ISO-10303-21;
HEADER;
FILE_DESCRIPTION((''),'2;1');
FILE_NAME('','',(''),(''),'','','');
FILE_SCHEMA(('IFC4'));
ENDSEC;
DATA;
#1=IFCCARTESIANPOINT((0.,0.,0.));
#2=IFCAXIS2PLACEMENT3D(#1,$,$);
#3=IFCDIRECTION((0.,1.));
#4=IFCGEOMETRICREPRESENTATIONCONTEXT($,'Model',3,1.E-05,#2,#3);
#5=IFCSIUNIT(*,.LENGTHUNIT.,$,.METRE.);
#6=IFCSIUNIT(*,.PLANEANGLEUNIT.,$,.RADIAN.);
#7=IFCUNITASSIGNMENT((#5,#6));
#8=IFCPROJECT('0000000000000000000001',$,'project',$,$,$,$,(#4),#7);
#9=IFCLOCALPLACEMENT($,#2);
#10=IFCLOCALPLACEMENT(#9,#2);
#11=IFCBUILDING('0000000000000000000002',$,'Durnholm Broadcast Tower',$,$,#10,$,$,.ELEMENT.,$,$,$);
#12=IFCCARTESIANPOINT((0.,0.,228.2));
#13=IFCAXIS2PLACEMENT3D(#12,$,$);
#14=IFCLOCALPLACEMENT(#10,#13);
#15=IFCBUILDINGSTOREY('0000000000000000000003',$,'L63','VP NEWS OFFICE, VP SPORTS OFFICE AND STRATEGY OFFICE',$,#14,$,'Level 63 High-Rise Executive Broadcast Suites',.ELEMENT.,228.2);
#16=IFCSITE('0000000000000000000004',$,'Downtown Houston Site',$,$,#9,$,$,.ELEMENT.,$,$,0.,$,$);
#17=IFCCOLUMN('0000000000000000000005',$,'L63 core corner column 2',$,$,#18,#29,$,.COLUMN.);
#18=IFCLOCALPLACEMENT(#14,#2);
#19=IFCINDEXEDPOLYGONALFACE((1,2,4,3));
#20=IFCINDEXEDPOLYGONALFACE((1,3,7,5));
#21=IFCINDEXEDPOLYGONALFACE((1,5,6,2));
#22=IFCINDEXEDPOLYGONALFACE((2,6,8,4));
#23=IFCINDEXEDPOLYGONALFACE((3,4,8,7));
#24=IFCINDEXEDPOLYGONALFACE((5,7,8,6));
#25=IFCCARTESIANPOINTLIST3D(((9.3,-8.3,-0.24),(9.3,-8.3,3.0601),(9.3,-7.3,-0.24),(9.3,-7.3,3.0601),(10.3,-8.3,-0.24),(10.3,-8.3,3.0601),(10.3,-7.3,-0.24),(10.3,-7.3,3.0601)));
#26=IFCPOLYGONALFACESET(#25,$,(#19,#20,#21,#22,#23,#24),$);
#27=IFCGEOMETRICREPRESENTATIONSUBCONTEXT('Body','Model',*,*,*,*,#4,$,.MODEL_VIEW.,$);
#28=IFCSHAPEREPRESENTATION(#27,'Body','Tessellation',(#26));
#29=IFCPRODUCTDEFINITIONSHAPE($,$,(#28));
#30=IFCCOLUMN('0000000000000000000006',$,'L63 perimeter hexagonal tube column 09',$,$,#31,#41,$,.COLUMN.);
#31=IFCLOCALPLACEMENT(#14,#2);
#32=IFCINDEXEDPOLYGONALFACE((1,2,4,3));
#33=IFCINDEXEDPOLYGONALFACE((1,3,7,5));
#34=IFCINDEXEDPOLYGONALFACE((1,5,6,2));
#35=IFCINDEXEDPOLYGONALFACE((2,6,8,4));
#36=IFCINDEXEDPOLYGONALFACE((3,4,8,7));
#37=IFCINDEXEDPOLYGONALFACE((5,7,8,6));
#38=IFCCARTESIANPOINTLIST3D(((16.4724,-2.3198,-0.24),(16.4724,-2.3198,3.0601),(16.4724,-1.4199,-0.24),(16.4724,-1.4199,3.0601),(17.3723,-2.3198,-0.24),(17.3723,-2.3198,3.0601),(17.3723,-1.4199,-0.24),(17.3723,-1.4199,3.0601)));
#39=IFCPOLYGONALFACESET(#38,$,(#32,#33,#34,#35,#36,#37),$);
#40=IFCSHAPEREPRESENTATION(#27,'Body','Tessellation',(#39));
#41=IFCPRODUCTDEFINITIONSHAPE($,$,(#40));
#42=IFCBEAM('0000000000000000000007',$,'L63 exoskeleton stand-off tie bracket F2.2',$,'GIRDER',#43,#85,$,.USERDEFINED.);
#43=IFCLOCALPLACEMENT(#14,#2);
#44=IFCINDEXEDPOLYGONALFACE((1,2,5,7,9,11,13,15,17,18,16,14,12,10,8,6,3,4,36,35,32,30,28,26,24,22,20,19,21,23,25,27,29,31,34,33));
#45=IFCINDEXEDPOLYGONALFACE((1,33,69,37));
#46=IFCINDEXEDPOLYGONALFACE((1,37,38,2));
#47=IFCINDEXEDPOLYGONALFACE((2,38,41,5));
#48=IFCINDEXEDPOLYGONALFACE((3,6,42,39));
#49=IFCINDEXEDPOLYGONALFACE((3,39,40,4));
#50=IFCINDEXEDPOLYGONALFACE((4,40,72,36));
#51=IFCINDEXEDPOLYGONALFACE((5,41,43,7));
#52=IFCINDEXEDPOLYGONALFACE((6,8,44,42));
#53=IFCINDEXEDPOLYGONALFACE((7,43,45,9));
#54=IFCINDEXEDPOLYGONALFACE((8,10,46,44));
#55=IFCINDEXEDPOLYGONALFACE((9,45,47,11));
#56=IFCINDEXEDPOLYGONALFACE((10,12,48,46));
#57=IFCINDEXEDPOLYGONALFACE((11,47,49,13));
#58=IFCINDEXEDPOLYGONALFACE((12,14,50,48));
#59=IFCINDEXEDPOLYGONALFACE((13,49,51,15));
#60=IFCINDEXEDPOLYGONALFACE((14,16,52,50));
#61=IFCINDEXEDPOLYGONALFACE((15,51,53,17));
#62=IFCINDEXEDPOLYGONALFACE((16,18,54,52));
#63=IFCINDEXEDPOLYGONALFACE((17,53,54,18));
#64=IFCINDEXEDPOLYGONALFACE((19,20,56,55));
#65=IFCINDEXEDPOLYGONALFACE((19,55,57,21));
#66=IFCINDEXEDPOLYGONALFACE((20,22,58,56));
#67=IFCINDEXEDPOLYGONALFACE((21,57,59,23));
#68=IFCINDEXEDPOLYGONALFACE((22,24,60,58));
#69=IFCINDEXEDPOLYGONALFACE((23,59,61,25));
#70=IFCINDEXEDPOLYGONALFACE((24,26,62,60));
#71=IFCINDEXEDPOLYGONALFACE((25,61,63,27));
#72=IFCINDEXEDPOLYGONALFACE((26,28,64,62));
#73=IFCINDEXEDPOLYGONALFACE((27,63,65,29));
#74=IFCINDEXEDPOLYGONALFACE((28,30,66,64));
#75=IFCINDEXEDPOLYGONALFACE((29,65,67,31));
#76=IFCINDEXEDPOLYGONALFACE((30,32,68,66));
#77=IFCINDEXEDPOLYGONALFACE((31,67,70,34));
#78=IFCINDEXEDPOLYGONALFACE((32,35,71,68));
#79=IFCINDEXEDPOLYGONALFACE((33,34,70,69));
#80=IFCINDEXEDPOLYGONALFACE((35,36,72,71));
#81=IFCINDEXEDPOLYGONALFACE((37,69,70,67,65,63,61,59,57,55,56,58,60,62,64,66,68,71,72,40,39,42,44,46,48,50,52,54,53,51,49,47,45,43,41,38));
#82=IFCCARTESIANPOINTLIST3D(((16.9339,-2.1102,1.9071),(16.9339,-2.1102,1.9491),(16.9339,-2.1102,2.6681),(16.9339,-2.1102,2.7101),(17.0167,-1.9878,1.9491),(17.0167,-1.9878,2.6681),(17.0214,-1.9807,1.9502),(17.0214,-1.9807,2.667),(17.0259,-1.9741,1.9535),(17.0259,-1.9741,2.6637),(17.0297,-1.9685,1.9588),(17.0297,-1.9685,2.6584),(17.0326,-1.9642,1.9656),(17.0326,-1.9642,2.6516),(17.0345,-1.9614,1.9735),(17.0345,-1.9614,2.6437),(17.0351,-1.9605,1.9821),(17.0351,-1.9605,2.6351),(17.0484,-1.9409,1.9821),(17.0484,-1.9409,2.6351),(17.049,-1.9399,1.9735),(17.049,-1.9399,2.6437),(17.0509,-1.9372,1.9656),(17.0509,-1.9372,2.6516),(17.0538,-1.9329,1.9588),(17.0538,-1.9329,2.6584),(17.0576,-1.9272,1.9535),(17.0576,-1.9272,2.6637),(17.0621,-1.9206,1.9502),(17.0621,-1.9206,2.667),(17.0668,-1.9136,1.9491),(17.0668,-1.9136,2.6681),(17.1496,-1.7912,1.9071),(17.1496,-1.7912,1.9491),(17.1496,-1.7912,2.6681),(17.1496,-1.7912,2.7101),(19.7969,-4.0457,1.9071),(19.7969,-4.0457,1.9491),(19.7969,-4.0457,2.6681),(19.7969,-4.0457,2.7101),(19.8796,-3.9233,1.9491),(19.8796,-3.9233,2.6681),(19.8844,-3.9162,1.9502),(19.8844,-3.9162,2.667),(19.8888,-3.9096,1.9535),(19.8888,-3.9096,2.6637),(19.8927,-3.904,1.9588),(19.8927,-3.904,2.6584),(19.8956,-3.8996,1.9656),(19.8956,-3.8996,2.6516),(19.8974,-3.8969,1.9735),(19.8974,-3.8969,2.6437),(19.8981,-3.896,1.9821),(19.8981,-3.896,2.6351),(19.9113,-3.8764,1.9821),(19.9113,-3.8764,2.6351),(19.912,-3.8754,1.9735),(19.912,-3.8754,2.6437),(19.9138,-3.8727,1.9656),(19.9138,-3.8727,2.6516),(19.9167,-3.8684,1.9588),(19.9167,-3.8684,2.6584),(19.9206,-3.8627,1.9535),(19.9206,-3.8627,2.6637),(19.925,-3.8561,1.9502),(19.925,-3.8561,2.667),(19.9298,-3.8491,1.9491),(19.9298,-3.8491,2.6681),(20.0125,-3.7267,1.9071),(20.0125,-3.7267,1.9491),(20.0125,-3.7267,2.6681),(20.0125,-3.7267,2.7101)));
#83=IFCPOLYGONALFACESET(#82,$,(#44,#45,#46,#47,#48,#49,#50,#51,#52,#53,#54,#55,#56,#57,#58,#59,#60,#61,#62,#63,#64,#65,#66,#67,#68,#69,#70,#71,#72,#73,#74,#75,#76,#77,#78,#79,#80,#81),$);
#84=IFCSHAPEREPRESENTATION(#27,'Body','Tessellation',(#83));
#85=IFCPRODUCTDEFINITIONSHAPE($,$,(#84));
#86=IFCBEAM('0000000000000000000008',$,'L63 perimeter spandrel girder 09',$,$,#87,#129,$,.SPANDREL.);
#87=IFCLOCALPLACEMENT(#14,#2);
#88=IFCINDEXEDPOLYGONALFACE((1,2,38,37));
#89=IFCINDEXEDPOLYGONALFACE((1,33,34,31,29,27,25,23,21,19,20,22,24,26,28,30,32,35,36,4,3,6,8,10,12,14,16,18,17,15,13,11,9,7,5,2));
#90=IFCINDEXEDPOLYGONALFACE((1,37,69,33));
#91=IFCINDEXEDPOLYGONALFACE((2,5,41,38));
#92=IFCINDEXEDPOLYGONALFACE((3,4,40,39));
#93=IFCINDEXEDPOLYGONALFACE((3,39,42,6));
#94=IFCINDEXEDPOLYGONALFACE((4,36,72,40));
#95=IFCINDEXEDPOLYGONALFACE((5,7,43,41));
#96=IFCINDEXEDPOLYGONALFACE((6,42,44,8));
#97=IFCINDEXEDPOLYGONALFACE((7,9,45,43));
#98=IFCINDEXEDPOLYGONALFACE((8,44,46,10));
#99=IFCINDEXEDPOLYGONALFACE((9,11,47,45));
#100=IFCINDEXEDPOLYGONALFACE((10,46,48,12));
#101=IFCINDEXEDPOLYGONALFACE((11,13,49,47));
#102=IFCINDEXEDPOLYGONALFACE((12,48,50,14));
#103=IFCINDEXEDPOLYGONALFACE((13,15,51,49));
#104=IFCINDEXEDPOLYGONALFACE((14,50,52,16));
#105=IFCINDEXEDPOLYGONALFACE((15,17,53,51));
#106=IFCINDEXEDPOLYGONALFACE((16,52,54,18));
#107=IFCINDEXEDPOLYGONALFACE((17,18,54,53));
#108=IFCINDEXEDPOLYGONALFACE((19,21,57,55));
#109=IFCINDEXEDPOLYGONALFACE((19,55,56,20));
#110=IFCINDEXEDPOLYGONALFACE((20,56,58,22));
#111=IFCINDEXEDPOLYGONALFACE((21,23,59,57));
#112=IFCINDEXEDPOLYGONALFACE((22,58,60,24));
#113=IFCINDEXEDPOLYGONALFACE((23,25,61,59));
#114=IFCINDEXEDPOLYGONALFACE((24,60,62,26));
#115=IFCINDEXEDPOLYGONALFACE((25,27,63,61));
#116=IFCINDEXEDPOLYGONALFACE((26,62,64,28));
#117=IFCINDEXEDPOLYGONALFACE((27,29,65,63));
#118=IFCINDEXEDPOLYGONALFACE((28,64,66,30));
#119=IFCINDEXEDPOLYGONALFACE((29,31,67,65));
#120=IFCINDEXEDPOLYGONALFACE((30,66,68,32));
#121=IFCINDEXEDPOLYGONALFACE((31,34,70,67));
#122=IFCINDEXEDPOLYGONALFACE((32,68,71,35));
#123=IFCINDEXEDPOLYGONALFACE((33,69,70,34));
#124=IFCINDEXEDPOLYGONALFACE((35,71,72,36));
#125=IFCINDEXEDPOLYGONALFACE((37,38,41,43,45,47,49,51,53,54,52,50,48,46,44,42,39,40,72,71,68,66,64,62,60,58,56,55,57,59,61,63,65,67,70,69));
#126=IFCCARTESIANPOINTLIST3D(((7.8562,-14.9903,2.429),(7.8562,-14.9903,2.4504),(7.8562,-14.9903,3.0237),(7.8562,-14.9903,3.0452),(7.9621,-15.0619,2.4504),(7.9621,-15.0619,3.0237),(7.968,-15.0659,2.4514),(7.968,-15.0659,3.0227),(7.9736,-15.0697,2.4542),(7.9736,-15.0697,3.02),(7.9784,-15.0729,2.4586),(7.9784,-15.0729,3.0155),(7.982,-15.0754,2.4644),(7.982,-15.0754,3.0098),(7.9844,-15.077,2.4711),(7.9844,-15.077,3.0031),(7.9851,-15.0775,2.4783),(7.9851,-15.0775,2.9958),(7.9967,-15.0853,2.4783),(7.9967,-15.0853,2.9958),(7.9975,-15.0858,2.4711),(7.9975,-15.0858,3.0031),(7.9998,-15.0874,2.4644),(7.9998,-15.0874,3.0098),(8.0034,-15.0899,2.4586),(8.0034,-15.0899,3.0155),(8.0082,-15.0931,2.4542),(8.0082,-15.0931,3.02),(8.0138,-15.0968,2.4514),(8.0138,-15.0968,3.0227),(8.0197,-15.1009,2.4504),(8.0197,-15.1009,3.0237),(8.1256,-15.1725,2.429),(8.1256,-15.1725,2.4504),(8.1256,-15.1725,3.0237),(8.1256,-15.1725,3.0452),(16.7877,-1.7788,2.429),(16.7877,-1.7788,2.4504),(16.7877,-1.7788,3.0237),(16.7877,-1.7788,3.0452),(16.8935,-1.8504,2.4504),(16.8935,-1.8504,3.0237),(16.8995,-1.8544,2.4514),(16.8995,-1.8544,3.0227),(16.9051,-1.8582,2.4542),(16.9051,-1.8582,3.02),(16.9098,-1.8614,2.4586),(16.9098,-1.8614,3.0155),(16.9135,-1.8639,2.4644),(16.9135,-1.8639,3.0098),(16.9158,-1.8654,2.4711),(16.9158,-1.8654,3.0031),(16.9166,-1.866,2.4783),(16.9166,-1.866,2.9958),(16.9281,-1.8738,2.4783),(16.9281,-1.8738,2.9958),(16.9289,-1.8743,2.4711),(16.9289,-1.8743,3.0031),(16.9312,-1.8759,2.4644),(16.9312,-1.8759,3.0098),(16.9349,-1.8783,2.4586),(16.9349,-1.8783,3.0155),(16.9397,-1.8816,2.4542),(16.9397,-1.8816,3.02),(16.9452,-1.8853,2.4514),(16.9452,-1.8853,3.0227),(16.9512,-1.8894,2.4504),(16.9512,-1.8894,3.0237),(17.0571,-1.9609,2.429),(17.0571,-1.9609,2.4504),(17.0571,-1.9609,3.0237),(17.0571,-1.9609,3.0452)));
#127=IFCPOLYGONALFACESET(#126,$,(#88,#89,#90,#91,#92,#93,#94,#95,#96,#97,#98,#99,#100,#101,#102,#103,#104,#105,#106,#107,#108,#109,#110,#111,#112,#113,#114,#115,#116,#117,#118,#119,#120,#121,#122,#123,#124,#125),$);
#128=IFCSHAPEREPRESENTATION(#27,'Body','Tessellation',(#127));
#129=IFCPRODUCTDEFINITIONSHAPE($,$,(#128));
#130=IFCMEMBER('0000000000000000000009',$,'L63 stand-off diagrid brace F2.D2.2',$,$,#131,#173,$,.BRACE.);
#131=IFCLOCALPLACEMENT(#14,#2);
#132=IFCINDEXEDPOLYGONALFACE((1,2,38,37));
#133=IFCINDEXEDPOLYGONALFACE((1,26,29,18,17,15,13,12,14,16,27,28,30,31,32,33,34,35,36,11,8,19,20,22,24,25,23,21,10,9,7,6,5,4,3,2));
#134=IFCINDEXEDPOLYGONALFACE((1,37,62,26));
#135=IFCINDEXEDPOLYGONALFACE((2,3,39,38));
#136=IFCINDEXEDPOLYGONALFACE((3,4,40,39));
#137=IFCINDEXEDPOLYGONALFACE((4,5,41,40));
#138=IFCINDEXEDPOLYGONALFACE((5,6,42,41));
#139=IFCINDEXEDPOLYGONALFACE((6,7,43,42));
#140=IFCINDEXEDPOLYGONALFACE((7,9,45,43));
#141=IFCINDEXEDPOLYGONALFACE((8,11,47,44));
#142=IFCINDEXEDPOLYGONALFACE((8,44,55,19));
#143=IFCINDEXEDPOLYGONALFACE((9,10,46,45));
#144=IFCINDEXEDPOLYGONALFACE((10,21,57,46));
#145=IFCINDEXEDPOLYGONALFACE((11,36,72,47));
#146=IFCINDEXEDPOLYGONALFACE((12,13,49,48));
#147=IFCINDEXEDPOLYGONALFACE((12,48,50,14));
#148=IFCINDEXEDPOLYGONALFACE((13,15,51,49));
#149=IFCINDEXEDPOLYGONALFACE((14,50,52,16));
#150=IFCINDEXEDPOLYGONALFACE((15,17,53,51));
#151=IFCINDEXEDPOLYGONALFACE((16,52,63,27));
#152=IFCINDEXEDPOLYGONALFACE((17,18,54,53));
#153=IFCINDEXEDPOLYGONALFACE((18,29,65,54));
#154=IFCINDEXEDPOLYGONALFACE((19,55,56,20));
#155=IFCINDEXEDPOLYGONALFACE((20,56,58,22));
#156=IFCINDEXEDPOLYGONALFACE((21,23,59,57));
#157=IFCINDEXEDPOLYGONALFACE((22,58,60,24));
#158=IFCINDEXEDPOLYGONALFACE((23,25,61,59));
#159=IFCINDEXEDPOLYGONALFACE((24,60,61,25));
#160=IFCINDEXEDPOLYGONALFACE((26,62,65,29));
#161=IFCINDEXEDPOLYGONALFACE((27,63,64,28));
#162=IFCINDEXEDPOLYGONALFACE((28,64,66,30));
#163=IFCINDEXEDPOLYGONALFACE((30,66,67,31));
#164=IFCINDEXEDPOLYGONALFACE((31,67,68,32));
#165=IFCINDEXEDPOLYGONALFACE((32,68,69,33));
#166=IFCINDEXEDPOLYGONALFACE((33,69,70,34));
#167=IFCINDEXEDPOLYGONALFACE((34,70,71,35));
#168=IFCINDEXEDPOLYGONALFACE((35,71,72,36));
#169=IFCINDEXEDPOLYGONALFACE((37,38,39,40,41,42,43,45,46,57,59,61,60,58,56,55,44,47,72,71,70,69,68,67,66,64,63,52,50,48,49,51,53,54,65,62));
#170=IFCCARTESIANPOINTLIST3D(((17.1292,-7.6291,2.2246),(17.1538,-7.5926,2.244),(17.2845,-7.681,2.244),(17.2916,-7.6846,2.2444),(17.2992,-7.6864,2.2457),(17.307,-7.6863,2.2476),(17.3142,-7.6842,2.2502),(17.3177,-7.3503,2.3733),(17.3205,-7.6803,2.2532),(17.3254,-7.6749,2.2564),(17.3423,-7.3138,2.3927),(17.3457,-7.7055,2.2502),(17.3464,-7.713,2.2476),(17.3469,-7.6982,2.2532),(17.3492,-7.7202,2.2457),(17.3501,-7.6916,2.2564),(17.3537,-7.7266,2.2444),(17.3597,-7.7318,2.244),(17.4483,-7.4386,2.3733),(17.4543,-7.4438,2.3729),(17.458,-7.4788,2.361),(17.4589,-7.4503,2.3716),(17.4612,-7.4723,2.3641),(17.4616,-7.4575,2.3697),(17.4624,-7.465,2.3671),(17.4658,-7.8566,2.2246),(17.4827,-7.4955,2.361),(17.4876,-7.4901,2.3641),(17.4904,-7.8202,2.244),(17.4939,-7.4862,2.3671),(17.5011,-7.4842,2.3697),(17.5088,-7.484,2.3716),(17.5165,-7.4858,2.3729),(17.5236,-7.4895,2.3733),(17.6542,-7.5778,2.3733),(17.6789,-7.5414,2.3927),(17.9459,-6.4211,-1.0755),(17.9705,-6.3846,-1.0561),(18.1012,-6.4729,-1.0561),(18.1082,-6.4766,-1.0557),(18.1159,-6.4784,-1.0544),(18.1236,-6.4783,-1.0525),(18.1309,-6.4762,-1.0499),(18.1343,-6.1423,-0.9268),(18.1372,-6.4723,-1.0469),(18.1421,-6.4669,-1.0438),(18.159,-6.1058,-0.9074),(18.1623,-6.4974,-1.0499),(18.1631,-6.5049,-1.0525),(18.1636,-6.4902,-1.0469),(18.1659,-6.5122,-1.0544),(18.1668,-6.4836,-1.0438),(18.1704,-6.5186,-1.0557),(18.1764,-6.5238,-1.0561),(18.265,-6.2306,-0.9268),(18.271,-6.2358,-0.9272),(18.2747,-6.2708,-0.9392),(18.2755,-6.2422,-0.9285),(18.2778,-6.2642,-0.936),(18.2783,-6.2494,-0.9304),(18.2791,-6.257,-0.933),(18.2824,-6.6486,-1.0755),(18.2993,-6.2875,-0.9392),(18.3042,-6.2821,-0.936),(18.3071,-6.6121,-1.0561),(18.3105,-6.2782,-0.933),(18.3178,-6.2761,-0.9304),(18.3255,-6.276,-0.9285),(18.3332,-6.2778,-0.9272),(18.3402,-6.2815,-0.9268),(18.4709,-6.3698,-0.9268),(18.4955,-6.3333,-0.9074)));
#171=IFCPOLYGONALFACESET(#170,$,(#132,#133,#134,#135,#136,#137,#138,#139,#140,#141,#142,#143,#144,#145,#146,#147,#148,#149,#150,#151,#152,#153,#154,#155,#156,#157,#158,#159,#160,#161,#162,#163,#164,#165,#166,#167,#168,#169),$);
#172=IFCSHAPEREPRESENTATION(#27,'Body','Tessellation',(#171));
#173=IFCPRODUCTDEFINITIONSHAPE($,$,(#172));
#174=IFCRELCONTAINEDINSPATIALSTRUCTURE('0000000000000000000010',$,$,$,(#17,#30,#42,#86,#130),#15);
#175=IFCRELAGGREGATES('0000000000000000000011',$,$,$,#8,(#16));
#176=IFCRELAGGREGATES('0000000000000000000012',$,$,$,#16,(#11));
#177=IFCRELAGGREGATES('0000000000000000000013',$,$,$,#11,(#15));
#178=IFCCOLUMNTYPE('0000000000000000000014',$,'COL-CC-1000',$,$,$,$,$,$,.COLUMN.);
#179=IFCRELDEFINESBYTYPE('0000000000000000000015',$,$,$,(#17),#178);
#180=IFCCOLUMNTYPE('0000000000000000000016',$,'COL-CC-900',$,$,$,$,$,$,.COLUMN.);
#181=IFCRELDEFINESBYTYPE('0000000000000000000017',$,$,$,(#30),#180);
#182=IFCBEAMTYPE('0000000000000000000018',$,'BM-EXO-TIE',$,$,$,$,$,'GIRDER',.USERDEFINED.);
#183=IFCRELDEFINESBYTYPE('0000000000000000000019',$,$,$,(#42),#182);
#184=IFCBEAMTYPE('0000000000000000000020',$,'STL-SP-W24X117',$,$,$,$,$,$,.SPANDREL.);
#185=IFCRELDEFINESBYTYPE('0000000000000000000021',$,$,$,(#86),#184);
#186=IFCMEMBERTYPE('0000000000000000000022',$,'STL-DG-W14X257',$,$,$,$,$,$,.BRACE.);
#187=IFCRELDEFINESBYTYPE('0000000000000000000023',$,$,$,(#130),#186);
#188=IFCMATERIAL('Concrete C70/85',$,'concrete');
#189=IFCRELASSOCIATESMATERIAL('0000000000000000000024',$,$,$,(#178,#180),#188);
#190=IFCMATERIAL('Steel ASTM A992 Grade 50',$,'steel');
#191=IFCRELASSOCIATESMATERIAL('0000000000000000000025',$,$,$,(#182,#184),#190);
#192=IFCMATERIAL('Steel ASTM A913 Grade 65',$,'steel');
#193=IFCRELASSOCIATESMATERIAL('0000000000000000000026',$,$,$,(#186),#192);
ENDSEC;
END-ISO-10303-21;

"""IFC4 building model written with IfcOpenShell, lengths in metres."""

from ifc_helpers import new_model, si_unit, direction, frame, origin, origin_2d, place, context, subcontext, project, spatial, rectangle, i_section, extrude, source, transform, mapped, material, material_profile, profile_set, type_object, type_shapes, element, save


model = new_model("IFC4")

# Units and contexts
model_context = context("Model", 3, precision=1e-05, world=origin(), true_north=direction((0.0, 1.0)))
body_context = subcontext(model_context, "Body", "Model", "MODEL_VIEW")
ifc_project = project(units=[si_unit("LENGTHUNIT", "METRE"), si_unit("PLANEANGLEUNIT", "RADIAN")], contexts=[model_context])

# Site, building, storey
site_placement = place(None, origin())
site = spatial("IfcSite", under=ifc_project, at=site_placement, Name="Downtown Houston Site", CompositionType="ELEMENT", RefElevation=0.0)
building_placement = place(site_placement, origin())
building = spatial("IfcBuilding", under=site, at=building_placement, Name="Durnholm Broadcast Tower", CompositionType="ELEMENT")
storey_placement = place(building_placement, frame((0.0, 0.0, 228.2)))
storey = spatial("IfcBuildingStorey", under=building, at=storey_placement, Name="L63", Description="VP NEWS OFFICE, VP SPORTS OFFICE AND STRATEGY OFFICE", LongName="Level 63 High-Rise Executive Broadcast Suites", CompositionType="ELEMENT", Elevation=228.2)

# Columns
ifc_material_1 = material(Name="Concrete C70/85", Category="concrete")
ifc_material_profile_1 = material_profile(ifc_material_1, rectangle(XDim=1.0, YDim=1.0, at=origin_2d()), Name="RC1000X1000")
ifc_profile_set_1 = profile_set([ifc_material_profile_1], Name="Concrete C70/85")
column_type_1 = type_object("IfcColumnType", Name="COL-CC-1000", PredefinedType="COLUMN", material=ifc_profile_set_1)
shared_shape_1 = source(origin(), body_context, "Body", "SweptSolid", [
    extrude(rectangle(XDim=1.0, YDim=1.0, at=origin_2d()), origin(), (0.0, 0.0, 1.0), 3.3),
])
type_shapes(column_type_1, [shared_shape_1])
column_1_placement = place(storey_placement, frame((9.8, -7.8, -0.24), z_axis=(0.0, 0.0, 1.0), x_axis=(1.0, 0.0, 0.0)))
element("IfcColumn", 1, at=column_1_placement, inside=storey, type_object=column_type_1, Name="L63 core corner column 2", PredefinedType="COLUMN", context=body_context, shape_type="MappedRepresentation", body=[
    mapped(shared_shape_1, transform((0.0, 0.0, 0.0), x_axis=(1.0, 0.0, 0.0), y_axis=(0.0, 1.0, 0.0), z_axis=(0.0, 0.0, 1.0), scale=1.0)),
])
ifc_material_profile_2 = material_profile(ifc_material_1, rectangle(XDim=0.8999, YDim=0.8999, at=origin_2d()), Name="RC900X900")
ifc_profile_set_2 = profile_set([ifc_material_profile_2], Name="Concrete C70/85")
column_type_2 = type_object("IfcColumnType", Name="COL-CC-900", PredefinedType="COLUMN", material=ifc_profile_set_2)
shared_shape_2 = source(origin(), body_context, "Body", "SweptSolid", [
    extrude(rectangle(XDim=0.8999, YDim=0.8999, at=origin_2d()), origin(), (0.0, 0.0, 1.0), 3.3),
])
type_shapes(column_type_2, [shared_shape_2])
column_2_placement = place(storey_placement, frame((16.9224, -1.8699, -0.24), z_axis=(0.0, 0.0, 1.0), x_axis=(1.0, 0.0, 0.0)))
element("IfcColumn", 2, at=column_2_placement, inside=storey, type_object=column_type_2, Name="L63 perimeter hexagonal tube column 09", PredefinedType="COLUMN", context=body_context, shape_type="MappedRepresentation", body=[
    mapped(shared_shape_2, transform((0.0, 0.0, 0.0), x_axis=(1.0, 0.0, 0.0), y_axis=(0.0, 1.0, 0.0), z_axis=(0.0, 0.0, 1.0), scale=1.0)),
])

# Beams
ifc_material_2 = material(Name="Steel ASTM A992 Grade 50", Category="steel")
ifc_material_profile_3 = material_profile(ifc_material_2, i_section(OverallWidth=0.385, OverallDepth=0.803, WebThickness=0.0237, FlangeThickness=0.042, FilletRadius=0.033, at=origin_2d()), Name="W30X261")
ifc_profile_set_3 = profile_set([ifc_material_profile_3], Name="Steel ASTM A992 Grade 50")
beam_type_1 = type_object("IfcBeamType", Name="BM-EXO-TIE", ElementType="GIRDER", PredefinedType="USERDEFINED", material=ifc_profile_set_3)
shared_shape_3 = source(origin(), body_context, "Body", "SweptSolid", [
    extrude(i_section(OverallWidth=0.385, OverallDepth=0.803, WebThickness=0.0237, FlangeThickness=0.042, FilletRadius=0.033, at=origin_2d()), origin(), (0.0, 0.0, 1.0), 3.4558),
])
type_shapes(beam_type_1, [shared_shape_3])
beam_1_placement = place(storey_placement, frame((17.0417, -1.9507, 2.3086), z_axis=(0.828446, -0.560068, 0.0), x_axis=(0.560068, 0.828446, 0.0)))
element("IfcBeam", 3, at=beam_1_placement, inside=storey, type_object=beam_type_1, Name="L63 exoskeleton stand-off tie bracket F2.2", ObjectType="GIRDER", PredefinedType="USERDEFINED", context=body_context, shape_type="MappedRepresentation", body=[
    mapped(shared_shape_3, transform((0.0, 0.0, 0.0), x_axis=(1.0, 0.0, 0.0), y_axis=(0.0, 1.0, 0.0), z_axis=(0.0, 0.0, 1.0), scale=1.0)),
])
ifc_material_profile_4 = material_profile(ifc_material_2, i_section(OverallWidth=0.3252, OverallDepth=0.6162, WebThickness=0.0139, FlangeThickness=0.0215, FilletRadius=0.0278, at=origin_2d()), Name="W24X117")
ifc_profile_set_4 = profile_set([ifc_material_profile_4], Name="Steel ASTM A992 Grade 50")
beam_type_2 = type_object("IfcBeamType", Name="STL-SP-W24X117", PredefinedType="SPANDREL", material=ifc_profile_set_4)
shared_shape_4 = source(origin(), body_context, "Body", "SweptSolid", [
    extrude(i_section(OverallWidth=0.3252, OverallDepth=0.6162, WebThickness=0.0139, FlangeThickness=0.0215, FilletRadius=0.0278, at=origin_2d()), origin(), (0.0, 0.0, 1.0), 15.9473),
])
type_shapes(beam_type_2, [shared_shape_4])
beam_2_placement = place(storey_placement, frame((16.9224, -1.8699, 2.7371), z_axis=(-0.560062, -0.828451, 0.0), x_axis=(0.828451, -0.560062, 0.0)))
element("IfcBeam", 4, at=beam_2_placement, inside=storey, type_object=beam_type_2, Name="L63 perimeter spandrel girder 09", PredefinedType="SPANDREL", context=body_context, shape_type="MappedRepresentation", body=[
    mapped(shared_shape_4, transform((0.0, 0.0, 0.0), x_axis=(1.0, 0.0, 0.0), y_axis=(0.0, 1.0, 0.0), z_axis=(0.0, 0.0, 1.0), scale=1.0)),
])

# Member
ifc_material_3 = material(Name="Steel ASTM A913 Grade 65", Category="steel")
ifc_material_profile_5 = material_profile(ifc_material_3, i_section(OverallWidth=0.4062, OverallDepth=0.416, WebThickness=0.0298, FlangeThickness=0.0481, FilletRadius=0.0305, at=origin_2d()), Name="W14X257")
ifc_profile_set_5 = profile_set([ifc_material_profile_5], Name="Steel ASTM A913 Grade 65")
member_type_1 = type_object("IfcMemberType", Name="STL-DG-W14X257", PredefinedType="BRACE", material=ifc_profile_set_5)
shared_shape_5 = source(origin(), body_context, "Body", "SweptSolid", [
    extrude(i_section(OverallWidth=0.4062, OverallDepth=0.416, WebThickness=0.0298, FlangeThickness=0.0481, FilletRadius=0.0305, at=origin_2d()), origin(), (0.0, 0.0, 1.0), 3.6079),
])
type_shapes(member_type_1, [shared_shape_5])
member_1_placement = place(storey_placement, frame((18.2207, -6.3772, -0.9915), z_axis=(-0.226354, -0.334828, 0.914688), x_axis=(0.828452, -0.560059, 0.0)))
element("IfcMember", 5, at=member_1_placement, inside=storey, type_object=member_type_1, Name="L63 stand-off diagrid brace F2.D2.2", PredefinedType="BRACE", context=body_context, shape_type="MappedRepresentation", body=[
    mapped(shared_shape_5, transform((0.0, 0.0, 0.0), x_axis=(1.0, 0.0, 0.0), y_axis=(0.0, 1.0, 0.0), z_axis=(0.0, 0.0, 1.0), scale=1.0)),
])

save(model, "model.ifc")
